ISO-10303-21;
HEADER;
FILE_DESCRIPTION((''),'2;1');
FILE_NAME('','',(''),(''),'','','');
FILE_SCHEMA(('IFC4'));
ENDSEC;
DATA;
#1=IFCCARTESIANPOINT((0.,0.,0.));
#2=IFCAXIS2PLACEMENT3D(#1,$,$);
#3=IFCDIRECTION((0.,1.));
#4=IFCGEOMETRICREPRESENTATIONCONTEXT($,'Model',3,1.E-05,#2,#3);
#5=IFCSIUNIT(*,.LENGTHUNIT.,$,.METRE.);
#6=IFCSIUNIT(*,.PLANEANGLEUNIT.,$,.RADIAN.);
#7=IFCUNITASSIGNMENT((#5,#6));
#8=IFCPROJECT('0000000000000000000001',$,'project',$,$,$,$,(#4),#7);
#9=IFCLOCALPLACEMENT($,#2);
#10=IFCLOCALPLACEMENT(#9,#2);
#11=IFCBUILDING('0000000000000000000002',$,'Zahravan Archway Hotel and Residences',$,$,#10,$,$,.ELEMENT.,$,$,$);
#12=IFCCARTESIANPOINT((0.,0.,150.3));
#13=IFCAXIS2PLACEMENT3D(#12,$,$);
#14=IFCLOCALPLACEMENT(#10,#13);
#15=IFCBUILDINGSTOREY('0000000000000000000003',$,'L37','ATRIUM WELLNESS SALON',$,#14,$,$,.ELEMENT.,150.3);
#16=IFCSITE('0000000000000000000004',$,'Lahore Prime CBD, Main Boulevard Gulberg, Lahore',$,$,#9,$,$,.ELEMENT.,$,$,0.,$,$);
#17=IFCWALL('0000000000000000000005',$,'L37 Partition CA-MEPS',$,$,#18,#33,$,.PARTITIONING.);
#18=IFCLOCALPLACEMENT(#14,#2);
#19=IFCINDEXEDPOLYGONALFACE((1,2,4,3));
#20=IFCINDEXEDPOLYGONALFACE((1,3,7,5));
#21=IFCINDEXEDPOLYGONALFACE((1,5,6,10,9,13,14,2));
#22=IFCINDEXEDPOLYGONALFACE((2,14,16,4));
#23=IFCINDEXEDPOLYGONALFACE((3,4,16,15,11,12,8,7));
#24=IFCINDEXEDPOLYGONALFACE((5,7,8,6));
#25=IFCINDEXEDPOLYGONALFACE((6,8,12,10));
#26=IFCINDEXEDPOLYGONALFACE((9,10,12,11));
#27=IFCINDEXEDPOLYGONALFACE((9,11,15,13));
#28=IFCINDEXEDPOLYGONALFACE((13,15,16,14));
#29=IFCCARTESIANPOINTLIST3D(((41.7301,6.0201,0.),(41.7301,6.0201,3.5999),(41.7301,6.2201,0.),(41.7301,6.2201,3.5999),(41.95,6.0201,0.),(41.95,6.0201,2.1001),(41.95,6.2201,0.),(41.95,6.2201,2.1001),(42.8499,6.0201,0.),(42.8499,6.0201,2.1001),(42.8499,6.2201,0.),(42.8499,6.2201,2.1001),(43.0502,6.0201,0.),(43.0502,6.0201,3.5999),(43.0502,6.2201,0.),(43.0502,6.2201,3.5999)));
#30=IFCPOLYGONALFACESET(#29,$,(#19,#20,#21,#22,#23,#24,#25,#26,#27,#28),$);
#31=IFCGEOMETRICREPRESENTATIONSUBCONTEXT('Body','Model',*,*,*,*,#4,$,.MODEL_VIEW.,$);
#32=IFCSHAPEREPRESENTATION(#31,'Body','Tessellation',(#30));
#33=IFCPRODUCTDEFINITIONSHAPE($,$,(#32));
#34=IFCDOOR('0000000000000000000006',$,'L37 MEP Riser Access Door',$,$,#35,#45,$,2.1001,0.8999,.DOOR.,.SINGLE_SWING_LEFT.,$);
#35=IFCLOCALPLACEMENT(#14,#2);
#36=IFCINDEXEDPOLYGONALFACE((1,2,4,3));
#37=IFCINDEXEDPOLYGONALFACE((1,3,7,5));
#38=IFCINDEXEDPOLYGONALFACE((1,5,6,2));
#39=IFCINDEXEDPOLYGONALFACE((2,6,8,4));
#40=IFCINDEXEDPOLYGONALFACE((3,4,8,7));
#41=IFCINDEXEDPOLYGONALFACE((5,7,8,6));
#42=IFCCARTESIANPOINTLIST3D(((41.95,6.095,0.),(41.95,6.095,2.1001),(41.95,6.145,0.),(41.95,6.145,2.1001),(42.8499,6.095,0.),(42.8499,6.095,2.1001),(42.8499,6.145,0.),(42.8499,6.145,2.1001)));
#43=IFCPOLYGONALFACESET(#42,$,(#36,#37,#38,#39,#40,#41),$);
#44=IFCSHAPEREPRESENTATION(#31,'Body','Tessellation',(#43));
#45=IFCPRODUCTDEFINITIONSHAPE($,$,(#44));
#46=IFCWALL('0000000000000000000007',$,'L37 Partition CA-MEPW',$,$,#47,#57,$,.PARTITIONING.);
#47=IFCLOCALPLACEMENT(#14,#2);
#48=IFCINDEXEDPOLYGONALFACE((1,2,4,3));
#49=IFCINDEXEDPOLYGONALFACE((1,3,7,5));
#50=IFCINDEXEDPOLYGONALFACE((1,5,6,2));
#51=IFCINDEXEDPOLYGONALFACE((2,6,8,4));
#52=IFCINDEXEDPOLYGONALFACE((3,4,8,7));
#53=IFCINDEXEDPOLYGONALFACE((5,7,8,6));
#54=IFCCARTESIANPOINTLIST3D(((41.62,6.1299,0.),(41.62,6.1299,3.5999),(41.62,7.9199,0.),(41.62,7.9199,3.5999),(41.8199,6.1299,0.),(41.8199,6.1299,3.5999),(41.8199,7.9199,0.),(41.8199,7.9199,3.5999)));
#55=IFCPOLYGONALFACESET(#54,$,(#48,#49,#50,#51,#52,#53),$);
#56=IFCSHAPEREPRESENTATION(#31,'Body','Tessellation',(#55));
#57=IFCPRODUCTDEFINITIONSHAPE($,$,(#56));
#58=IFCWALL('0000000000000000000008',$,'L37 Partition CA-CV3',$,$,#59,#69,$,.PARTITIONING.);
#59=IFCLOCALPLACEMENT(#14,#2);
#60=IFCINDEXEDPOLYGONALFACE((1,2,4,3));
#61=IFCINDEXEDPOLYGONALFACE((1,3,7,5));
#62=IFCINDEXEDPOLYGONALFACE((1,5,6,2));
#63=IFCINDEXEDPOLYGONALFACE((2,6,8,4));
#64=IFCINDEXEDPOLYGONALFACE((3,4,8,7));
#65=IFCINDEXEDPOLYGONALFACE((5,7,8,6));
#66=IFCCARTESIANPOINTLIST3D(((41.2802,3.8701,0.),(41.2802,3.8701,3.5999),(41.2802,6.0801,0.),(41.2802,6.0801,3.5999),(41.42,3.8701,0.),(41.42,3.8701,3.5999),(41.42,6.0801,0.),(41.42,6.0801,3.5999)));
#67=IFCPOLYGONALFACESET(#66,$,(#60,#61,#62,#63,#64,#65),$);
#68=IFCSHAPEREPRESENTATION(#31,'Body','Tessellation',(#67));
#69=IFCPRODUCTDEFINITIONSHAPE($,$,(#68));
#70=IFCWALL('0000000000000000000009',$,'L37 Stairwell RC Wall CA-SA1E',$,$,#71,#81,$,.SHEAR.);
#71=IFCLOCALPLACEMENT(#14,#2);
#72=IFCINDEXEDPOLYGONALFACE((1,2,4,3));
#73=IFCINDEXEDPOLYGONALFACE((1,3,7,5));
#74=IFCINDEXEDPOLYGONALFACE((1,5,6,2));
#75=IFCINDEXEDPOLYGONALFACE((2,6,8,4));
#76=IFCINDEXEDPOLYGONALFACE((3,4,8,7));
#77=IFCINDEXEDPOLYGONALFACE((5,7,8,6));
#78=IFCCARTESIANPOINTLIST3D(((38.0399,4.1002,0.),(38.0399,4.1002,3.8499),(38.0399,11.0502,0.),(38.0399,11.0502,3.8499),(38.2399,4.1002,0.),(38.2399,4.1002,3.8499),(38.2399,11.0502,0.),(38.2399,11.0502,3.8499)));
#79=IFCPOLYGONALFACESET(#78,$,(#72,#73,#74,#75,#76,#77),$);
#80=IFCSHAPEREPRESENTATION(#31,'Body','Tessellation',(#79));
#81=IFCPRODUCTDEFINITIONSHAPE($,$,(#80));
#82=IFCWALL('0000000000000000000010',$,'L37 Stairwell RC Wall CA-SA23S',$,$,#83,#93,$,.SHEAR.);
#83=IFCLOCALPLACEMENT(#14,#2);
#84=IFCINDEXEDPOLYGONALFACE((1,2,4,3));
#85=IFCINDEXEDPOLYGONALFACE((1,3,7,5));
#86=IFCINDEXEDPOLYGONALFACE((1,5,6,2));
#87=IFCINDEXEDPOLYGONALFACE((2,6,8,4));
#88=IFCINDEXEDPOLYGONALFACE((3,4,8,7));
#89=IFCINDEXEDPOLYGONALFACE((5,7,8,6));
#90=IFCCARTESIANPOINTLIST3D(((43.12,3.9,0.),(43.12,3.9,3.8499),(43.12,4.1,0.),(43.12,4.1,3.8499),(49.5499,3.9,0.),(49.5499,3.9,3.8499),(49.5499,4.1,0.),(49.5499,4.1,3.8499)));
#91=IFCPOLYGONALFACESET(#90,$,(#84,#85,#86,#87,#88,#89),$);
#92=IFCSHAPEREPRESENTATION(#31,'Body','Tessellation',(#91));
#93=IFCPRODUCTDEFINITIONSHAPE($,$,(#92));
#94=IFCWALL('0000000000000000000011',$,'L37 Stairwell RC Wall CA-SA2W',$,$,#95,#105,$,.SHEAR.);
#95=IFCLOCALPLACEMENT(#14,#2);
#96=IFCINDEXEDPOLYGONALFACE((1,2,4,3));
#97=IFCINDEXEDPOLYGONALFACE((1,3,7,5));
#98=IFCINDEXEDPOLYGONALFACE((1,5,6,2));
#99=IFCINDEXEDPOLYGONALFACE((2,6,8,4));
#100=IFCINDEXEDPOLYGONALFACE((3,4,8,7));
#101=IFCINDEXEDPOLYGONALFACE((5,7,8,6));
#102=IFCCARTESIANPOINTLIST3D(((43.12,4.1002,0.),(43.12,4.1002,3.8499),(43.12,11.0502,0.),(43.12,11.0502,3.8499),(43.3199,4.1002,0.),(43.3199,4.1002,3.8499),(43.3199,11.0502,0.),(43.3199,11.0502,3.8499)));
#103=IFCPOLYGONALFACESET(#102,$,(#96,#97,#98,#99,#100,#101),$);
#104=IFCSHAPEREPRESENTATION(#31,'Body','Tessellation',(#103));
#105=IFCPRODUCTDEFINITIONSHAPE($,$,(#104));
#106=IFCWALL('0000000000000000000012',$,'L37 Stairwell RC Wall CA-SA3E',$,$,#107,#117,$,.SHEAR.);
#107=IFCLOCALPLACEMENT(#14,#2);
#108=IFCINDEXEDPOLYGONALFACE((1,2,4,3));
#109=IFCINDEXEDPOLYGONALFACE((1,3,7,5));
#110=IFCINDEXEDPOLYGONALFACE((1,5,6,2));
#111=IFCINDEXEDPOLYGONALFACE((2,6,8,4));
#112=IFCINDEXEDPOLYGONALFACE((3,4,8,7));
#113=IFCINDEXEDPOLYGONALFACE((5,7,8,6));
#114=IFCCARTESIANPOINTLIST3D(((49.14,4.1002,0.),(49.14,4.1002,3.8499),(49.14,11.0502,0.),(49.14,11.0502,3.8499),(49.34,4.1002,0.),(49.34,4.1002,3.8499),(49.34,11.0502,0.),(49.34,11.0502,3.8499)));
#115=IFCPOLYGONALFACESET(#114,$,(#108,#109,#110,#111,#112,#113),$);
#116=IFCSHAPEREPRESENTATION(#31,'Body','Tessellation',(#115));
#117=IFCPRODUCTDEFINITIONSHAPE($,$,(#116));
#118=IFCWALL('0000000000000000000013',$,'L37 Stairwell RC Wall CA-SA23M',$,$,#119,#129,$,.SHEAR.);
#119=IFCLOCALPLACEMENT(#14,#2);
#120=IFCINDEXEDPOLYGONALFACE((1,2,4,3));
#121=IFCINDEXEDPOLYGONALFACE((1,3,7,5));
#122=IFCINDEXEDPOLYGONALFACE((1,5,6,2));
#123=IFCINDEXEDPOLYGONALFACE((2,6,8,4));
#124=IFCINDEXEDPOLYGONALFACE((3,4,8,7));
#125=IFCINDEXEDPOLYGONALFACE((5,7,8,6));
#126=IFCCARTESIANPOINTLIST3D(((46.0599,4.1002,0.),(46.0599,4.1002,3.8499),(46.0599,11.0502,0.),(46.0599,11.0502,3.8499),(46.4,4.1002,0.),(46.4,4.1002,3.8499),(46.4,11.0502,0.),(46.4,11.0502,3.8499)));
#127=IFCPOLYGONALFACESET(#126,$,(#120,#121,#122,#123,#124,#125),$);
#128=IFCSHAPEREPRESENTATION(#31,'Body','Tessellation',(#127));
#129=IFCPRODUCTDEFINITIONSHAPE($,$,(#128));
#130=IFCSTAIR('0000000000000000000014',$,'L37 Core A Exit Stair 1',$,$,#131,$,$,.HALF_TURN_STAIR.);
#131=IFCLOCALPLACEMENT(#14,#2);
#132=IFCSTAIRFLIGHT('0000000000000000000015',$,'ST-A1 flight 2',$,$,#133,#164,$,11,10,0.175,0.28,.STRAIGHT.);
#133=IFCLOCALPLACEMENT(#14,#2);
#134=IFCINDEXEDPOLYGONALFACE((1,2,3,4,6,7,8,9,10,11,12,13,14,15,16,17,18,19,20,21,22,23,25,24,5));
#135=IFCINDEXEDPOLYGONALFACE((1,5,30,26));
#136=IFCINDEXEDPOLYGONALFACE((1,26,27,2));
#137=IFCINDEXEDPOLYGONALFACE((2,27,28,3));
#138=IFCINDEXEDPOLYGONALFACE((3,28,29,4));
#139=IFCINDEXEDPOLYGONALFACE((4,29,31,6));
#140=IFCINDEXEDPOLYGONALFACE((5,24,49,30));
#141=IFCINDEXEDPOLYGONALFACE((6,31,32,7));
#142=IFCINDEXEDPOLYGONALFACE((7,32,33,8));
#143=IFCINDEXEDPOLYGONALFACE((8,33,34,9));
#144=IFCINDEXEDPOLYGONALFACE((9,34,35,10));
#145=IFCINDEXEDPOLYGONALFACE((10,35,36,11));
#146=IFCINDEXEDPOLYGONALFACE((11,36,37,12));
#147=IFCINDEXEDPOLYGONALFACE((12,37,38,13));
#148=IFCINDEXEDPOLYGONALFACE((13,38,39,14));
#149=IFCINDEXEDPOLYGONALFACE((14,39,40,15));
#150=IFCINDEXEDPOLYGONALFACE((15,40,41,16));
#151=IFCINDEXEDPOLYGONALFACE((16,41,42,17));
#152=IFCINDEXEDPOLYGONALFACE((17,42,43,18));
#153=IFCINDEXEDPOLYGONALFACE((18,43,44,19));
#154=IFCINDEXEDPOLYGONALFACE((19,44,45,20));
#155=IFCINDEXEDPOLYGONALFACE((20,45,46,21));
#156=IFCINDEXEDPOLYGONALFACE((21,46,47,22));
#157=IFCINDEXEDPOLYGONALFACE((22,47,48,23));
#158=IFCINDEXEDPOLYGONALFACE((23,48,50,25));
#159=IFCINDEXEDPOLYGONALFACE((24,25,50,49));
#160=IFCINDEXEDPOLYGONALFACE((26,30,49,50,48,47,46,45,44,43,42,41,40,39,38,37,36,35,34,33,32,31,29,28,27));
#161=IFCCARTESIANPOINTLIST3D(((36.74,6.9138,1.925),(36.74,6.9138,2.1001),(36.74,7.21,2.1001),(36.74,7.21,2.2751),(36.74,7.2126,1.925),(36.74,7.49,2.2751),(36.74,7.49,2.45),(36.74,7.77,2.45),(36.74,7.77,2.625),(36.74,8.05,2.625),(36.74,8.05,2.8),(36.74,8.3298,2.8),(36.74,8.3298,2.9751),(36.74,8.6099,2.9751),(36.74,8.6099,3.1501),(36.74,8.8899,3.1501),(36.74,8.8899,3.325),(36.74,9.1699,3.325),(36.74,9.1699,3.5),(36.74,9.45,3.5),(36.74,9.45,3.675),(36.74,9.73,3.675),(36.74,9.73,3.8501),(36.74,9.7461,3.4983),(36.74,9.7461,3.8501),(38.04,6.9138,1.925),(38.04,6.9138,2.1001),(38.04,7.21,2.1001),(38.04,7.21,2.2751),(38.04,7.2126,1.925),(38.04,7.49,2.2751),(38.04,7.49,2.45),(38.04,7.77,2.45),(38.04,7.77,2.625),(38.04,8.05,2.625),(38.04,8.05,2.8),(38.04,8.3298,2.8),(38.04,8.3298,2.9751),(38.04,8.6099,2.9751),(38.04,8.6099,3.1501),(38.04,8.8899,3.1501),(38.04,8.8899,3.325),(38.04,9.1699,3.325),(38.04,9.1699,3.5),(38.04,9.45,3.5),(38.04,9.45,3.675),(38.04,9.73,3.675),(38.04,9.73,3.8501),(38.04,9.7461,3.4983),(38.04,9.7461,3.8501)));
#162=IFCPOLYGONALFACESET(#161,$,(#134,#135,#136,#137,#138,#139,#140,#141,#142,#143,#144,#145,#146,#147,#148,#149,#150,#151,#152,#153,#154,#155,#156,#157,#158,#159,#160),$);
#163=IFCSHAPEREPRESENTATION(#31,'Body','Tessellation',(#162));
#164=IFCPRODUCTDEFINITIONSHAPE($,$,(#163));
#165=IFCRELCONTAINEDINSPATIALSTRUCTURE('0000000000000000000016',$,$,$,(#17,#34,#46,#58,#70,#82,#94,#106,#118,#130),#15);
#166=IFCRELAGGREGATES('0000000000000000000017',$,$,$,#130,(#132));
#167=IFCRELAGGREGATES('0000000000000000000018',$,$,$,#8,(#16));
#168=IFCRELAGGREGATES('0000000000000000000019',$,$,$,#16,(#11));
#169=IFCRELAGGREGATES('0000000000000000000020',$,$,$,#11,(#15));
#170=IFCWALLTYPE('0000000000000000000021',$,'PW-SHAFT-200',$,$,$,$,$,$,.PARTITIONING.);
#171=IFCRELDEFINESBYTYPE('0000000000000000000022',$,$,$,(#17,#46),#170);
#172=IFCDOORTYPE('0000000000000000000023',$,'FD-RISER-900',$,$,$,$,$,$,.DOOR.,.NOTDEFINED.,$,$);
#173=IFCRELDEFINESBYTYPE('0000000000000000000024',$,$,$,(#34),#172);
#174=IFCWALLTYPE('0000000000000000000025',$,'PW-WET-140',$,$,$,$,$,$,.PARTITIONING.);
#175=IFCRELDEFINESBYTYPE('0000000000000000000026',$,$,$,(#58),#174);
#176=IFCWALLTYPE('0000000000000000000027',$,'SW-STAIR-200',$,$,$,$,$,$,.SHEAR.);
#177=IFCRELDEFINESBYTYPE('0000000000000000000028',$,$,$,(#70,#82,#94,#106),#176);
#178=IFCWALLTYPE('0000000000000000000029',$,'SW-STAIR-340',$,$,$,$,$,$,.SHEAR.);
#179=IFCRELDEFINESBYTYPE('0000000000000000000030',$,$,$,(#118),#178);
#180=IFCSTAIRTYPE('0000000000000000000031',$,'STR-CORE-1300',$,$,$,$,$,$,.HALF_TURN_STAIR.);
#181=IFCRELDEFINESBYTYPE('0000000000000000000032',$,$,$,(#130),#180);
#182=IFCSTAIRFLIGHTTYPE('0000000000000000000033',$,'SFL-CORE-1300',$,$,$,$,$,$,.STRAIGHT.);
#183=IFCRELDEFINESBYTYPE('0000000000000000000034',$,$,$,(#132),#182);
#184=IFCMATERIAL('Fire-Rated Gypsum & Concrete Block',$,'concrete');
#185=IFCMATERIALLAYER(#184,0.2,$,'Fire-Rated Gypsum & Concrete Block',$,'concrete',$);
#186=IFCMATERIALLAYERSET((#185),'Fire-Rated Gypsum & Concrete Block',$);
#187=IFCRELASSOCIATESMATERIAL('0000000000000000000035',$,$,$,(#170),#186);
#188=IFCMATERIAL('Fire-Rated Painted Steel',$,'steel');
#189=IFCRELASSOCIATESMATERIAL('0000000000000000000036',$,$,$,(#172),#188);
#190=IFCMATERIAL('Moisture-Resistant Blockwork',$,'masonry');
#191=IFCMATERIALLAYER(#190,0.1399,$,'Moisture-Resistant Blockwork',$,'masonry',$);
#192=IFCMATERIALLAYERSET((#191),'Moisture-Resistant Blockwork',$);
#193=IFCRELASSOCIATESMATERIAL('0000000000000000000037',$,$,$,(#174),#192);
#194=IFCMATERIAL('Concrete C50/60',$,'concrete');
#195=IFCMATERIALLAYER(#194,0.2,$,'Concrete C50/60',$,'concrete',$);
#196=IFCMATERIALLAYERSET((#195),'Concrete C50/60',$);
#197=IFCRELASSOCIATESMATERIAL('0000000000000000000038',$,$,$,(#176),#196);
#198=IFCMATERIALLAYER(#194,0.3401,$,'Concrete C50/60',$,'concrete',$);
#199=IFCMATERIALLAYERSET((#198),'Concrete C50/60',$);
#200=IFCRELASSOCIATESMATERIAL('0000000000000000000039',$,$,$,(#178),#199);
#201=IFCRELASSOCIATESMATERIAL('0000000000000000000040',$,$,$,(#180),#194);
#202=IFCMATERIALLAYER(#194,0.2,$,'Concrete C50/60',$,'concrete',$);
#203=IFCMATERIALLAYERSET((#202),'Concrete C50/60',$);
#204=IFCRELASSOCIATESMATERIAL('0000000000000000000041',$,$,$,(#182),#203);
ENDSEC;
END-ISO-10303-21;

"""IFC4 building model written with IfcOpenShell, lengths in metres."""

from ifc_helpers import new_model, si_unit, direction, frame, frame_2d, origin, place, context, subcontext, project, spatial, polyline, rectangle, outline, extrude, source, transform, mapped, material, layer, layer_set, type_object, type_shapes, element, fill, aggregate, save


model = new_model("IFC4")

# Units and contexts
model_context = context("Model", 3, precision=1e-05, world=origin(), true_north=direction((0.0, 1.0)))
body_context = subcontext(model_context, "Body", "Model", "MODEL_VIEW")
ifc_project = project(units=[si_unit("LENGTHUNIT", "METRE"), si_unit("PLANEANGLEUNIT", "RADIAN")], contexts=[model_context])

# Site, building, storey
site_placement = place(None, origin())
site = spatial("IfcSite", under=ifc_project, at=site_placement, Name="Lahore Prime CBD, Main Boulevard Gulberg, Lahore", CompositionType="ELEMENT", RefElevation=0.0)
building_placement = place(site_placement, origin())
building = spatial("IfcBuilding", under=site, at=building_placement, Name="Zahravan Archway Hotel and Residences", CompositionType="ELEMENT")
storey_placement = place(building_placement, frame((0.0, 0.0, 150.3)))
storey = spatial("IfcBuildingStorey", under=building, at=storey_placement, Name="L37", Description="ATRIUM WELLNESS SALON", CompositionType="ELEMENT", Elevation=150.3)

# Shared definitions
ifc_material_1 = material(Name="Fire-Rated Gypsum & Concrete Block", Category="concrete")
ifc_layer_1 = layer(ifc_material_1, 0.2, Name="Fire-Rated Gypsum & Concrete Block", Category="concrete")
ifc_layer_set_1 = layer_set([ifc_layer_1], Name="Fire-Rated Gypsum & Concrete Block")
wall_type_1 = type_object("IfcWallType", Name="PW-SHAFT-200", PredefinedType="PARTITIONING", material=ifc_layer_set_1)
ifc_material_2 = material(Name="Fire-Rated Painted Steel", Category="steel")
door_type = type_object("IfcDoorType", Name="FD-RISER-900", OperationType="NOTDEFINED", PredefinedType="DOOR", material=ifc_material_2)
shared_shape_1 = source(origin(), body_context, "Body", "SweptSolid", [
    extrude(rectangle(XDim=0.8999, YDim=2.1001, at=frame_2d((0.45, 1.05))), frame((0.0, 0.0249, 0.0), z_axis=(0.0, -1.0, 0.0), x_axis=(1.0, 0.0, 0.0)), (0.0, 0.0, 1.0), 0.05),
])
type_shapes(door_type, [shared_shape_1])

# Wall, opening, door
wall_1_placement = place(storey_placement, frame((41.73, 6.1201, 0.0), z_axis=(0.0, 0.0, 1.0), x_axis=(1.0, 0.0, 0.0)))
wall_1 = element("IfcWall", 1, at=wall_1_placement, inside=storey, type_object=wall_type_1, Name="L37 Partition CA-MEPS", PredefinedType="PARTITIONING", context=body_context, shape_type="SweptSolid", body=[
    extrude(rectangle(XDim=1.3201, YDim=0.2, at=frame_2d((0.6602, 0.0))), origin(), (0.0, 0.0, 1.0), 3.5999),
])
opening_1_placement = place(wall_1_placement, frame((0.22, 0.0, 0.0)))
opening_1 = element("IfcOpeningElement", 2, at=opening_1_placement, cuts=wall_1, PredefinedType="OPENING", context=body_context, shape_type="SweptSolid", body=[
    extrude(rectangle(XDim=0.8999, YDim=2.1001, at=frame_2d((0.45, 1.05))), frame((0.0, 0.1099, 0.0), z_axis=(0.0, -1.0, 0.0), x_axis=(1.0, 0.0, 0.0)), (0.0, 0.0, 1.0), 0.22),
])
door_1_placement = place(opening_1_placement, origin())
door_1 = element("IfcDoor", 3, at=door_1_placement, inside=storey, type_object=door_type, Name="L37 MEP Riser Access Door", OperationType="SINGLE_SWING_LEFT", OverallHeight=2.1001, OverallWidth=0.8999, PredefinedType="DOOR", context=body_context, shape_type="MappedRepresentation", body=[
    mapped(shared_shape_1, transform((0.0, 0.0, 0.0), scale=1.0)),
])
fill(opening_1, door_1)

# Walls
wall_2_placement = place(storey_placement, frame((41.72, 6.1299, 0.0), z_axis=(0.0, 0.0, 1.0), x_axis=(0.0, 1.0, 0.0)))
element("IfcWall", 4, at=wall_2_placement, inside=storey, type_object=wall_type_1, Name="L37 Partition CA-MEPW", PredefinedType="PARTITIONING", context=body_context, shape_type="SweptSolid", body=[
    extrude(rectangle(XDim=1.79, YDim=0.2, at=frame_2d((0.895, 0.0))), origin(), (0.0, 0.0, 1.0), 3.5999),
])
ifc_material_3 = material(Name="Moisture-Resistant Blockwork", Category="masonry")
ifc_layer_2 = layer(ifc_material_3, 0.1399, Name="Moisture-Resistant Blockwork", Category="masonry")
ifc_layer_set_2 = layer_set([ifc_layer_2], Name="Moisture-Resistant Blockwork")
wall_type_2 = type_object("IfcWallType", Name="PW-WET-140", PredefinedType="PARTITIONING", material=ifc_layer_set_2)
wall_3_placement = place(storey_placement, frame((41.3501, 3.8701, 0.0), z_axis=(0.0, 0.0, 1.0), x_axis=(0.0, 1.0, 0.0)))
element("IfcWall", 5, at=wall_3_placement, inside=storey, type_object=wall_type_2, Name="L37 Partition CA-CV3", PredefinedType="PARTITIONING", context=body_context, shape_type="SweptSolid", body=[
    extrude(rectangle(XDim=2.21, YDim=0.1399, at=frame_2d((1.105, 0.0))), origin(), (0.0, 0.0, 1.0), 3.5999),
])
ifc_material_4 = material(Name="Concrete C50/60", Category="concrete")
ifc_layer_3 = layer(ifc_material_4, 0.2, Name="Concrete C50/60", Category="concrete")
ifc_layer_set_3 = layer_set([ifc_layer_3], Name="Concrete C50/60")
wall_type_3 = type_object("IfcWallType", Name="SW-STAIR-200", PredefinedType="SHEAR", material=ifc_layer_set_3)
wall_4_placement = place(storey_placement, frame((38.1399, 4.1001, 0.0), z_axis=(0.0, 0.0, 1.0), x_axis=(0.0, 1.0, 0.0)))
element("IfcWall", 6, at=wall_4_placement, inside=storey, type_object=wall_type_3, Name="L37 Stairwell RC Wall CA-SA1E", PredefinedType="SHEAR", context=body_context, shape_type="SweptSolid", body=[
    extrude(rectangle(XDim=6.95, YDim=0.2, at=frame_2d((3.4751, 0.0))), origin(), (0.0, 0.0, 1.0), 3.8499),
])
wall_5_placement = place(storey_placement, frame((43.1201, 4.0, 0.0), z_axis=(0.0, 0.0, 1.0), x_axis=(1.0, 0.0, 0.0)))
element("IfcWall", 7, at=wall_5_placement, inside=storey, type_object=wall_type_3, Name="L37 Stairwell RC Wall CA-SA23S", PredefinedType="SHEAR", context=body_context, shape_type="SweptSolid", body=[
    extrude(rectangle(XDim=6.4299, YDim=0.2, at=frame_2d((3.2148, 0.0))), origin(), (0.0, 0.0, 1.0), 3.8499),
])
for number, where, z_axis, x_axis, name in (
    (8, (43.22, 4.1001, 0.0), (0.0, 0.0, 1.0), (0.0, 1.0, 0.0), "L37 Stairwell RC Wall CA-SA2W"),
    (9, (49.24, 4.1001, 0.0), (0.0, 0.0, 1.0), (0.0, 1.0, 0.0), "L37 Stairwell RC Wall CA-SA3E"),
):
    element("IfcWall", number, at=place(storey_placement, frame(where, z_axis=z_axis, x_axis=x_axis)), inside=storey, type_object=wall_type_3, Name=name, PredefinedType="SHEAR", context=body_context, shape_type="SweptSolid", body=[
        extrude(rectangle(XDim=6.95, YDim=0.2, at=frame_2d((3.4751, 0.0))), origin(), (0.0, 0.0, 1.0), 3.8499),
    ])
ifc_layer_4 = layer(ifc_material_4, 0.3401, Name="Concrete C50/60", Category="concrete")
ifc_layer_set_4 = layer_set([ifc_layer_4], Name="Concrete C50/60")
wall_type_4 = type_object("IfcWallType", Name="SW-STAIR-340", PredefinedType="SHEAR", material=ifc_layer_set_4)
wall_6_placement = place(storey_placement, frame((46.23, 4.1001, 0.0), z_axis=(0.0, 0.0, 1.0), x_axis=(0.0, 1.0, 0.0)))
element("IfcWall", 10, at=wall_6_placement, inside=storey, type_object=wall_type_4, Name="L37 Stairwell RC Wall CA-SA23M", PredefinedType="SHEAR", context=body_context, shape_type="SweptSolid", body=[
    extrude(rectangle(XDim=6.95, YDim=0.3401, at=frame_2d((3.4751, 0.0))), origin(), (0.0, 0.0, 1.0), 3.8499),
])

# Stair, stair flight
stair_type = type_object("IfcStairType", Name="STR-CORE-1300", PredefinedType="HALF_TURN_STAIR", material=ifc_material_4)
stair_1_placement = place(storey_placement, origin())
stair_1 = element("IfcStair", 11, at=stair_1_placement, inside=storey, type_object=stair_type, Name="L37 Core A Exit Stair 1", PredefinedType="HALF_TURN_STAIR")
ifc_layer_5 = layer(ifc_material_4, 0.2, Name="Concrete C50/60", Category="concrete")
ifc_layer_set_5 = layer_set([ifc_layer_5], Name="Concrete C50/60")
stair_flight_type = type_object("IfcStairFlightType", Name="SFL-CORE-1300", PredefinedType="STRAIGHT", material=ifc_layer_set_5)
shared_shape_2 = source(origin(), body_context, "Body", "SweptSolid", [
    extrude(outline(polyline([(-0.0161, 0.0), (-0.0161, 0.175), (0.28, 0.175), (0.28, 0.3501), (0.5601, 0.3501), (0.5601, 0.5249), (0.8401, 0.5249), (0.8401, 0.7), (1.1201, 0.7), (1.1201, 0.875), (1.3999, 0.875), (1.3999, 1.05), (1.6799, 1.05), (1.6799, 1.2251), (1.96, 1.2251), (1.96, 1.3999), (2.24, 1.3999), (2.24, 1.575), (2.52, 1.575), (2.52, 1.75), (2.8, 1.75), (2.8, 1.925), (2.8162, 1.925), (2.8162, 1.5732), (0.2827, 0.0), (-0.0161, 0.0)])), frame((0.0, 0.6499, 0.0), z_axis=(0.0, -1.0, 0.0), x_axis=(1.0, 0.0, 0.0)), (0.0, 0.0, 1.0), 1.3),
])
stair_flight_1_placement = place(storey_placement, frame((37.3899, 6.9299, 1.925), z_axis=(0.0, 0.0, 1.0), x_axis=(0.0, 1.0, 0.0)))
stair_flight_1 = element("IfcStairFlight", 12, at=stair_flight_1_placement, type_object=stair_flight_type, Name="ST-A1 flight 2", NumberOfRisers=11, NumberOfTreads=10, PredefinedType="STRAIGHT", RiserHeight=0.175, TreadLength=0.28, context=body_context, shape_type="MappedRepresentation", body=[
    mapped(shared_shape_2, transform((0.0, 0.0, 0.0), scale=1.0)),
])
aggregate(stair_1, [stair_flight_1])

save(model, "model.ifc")
